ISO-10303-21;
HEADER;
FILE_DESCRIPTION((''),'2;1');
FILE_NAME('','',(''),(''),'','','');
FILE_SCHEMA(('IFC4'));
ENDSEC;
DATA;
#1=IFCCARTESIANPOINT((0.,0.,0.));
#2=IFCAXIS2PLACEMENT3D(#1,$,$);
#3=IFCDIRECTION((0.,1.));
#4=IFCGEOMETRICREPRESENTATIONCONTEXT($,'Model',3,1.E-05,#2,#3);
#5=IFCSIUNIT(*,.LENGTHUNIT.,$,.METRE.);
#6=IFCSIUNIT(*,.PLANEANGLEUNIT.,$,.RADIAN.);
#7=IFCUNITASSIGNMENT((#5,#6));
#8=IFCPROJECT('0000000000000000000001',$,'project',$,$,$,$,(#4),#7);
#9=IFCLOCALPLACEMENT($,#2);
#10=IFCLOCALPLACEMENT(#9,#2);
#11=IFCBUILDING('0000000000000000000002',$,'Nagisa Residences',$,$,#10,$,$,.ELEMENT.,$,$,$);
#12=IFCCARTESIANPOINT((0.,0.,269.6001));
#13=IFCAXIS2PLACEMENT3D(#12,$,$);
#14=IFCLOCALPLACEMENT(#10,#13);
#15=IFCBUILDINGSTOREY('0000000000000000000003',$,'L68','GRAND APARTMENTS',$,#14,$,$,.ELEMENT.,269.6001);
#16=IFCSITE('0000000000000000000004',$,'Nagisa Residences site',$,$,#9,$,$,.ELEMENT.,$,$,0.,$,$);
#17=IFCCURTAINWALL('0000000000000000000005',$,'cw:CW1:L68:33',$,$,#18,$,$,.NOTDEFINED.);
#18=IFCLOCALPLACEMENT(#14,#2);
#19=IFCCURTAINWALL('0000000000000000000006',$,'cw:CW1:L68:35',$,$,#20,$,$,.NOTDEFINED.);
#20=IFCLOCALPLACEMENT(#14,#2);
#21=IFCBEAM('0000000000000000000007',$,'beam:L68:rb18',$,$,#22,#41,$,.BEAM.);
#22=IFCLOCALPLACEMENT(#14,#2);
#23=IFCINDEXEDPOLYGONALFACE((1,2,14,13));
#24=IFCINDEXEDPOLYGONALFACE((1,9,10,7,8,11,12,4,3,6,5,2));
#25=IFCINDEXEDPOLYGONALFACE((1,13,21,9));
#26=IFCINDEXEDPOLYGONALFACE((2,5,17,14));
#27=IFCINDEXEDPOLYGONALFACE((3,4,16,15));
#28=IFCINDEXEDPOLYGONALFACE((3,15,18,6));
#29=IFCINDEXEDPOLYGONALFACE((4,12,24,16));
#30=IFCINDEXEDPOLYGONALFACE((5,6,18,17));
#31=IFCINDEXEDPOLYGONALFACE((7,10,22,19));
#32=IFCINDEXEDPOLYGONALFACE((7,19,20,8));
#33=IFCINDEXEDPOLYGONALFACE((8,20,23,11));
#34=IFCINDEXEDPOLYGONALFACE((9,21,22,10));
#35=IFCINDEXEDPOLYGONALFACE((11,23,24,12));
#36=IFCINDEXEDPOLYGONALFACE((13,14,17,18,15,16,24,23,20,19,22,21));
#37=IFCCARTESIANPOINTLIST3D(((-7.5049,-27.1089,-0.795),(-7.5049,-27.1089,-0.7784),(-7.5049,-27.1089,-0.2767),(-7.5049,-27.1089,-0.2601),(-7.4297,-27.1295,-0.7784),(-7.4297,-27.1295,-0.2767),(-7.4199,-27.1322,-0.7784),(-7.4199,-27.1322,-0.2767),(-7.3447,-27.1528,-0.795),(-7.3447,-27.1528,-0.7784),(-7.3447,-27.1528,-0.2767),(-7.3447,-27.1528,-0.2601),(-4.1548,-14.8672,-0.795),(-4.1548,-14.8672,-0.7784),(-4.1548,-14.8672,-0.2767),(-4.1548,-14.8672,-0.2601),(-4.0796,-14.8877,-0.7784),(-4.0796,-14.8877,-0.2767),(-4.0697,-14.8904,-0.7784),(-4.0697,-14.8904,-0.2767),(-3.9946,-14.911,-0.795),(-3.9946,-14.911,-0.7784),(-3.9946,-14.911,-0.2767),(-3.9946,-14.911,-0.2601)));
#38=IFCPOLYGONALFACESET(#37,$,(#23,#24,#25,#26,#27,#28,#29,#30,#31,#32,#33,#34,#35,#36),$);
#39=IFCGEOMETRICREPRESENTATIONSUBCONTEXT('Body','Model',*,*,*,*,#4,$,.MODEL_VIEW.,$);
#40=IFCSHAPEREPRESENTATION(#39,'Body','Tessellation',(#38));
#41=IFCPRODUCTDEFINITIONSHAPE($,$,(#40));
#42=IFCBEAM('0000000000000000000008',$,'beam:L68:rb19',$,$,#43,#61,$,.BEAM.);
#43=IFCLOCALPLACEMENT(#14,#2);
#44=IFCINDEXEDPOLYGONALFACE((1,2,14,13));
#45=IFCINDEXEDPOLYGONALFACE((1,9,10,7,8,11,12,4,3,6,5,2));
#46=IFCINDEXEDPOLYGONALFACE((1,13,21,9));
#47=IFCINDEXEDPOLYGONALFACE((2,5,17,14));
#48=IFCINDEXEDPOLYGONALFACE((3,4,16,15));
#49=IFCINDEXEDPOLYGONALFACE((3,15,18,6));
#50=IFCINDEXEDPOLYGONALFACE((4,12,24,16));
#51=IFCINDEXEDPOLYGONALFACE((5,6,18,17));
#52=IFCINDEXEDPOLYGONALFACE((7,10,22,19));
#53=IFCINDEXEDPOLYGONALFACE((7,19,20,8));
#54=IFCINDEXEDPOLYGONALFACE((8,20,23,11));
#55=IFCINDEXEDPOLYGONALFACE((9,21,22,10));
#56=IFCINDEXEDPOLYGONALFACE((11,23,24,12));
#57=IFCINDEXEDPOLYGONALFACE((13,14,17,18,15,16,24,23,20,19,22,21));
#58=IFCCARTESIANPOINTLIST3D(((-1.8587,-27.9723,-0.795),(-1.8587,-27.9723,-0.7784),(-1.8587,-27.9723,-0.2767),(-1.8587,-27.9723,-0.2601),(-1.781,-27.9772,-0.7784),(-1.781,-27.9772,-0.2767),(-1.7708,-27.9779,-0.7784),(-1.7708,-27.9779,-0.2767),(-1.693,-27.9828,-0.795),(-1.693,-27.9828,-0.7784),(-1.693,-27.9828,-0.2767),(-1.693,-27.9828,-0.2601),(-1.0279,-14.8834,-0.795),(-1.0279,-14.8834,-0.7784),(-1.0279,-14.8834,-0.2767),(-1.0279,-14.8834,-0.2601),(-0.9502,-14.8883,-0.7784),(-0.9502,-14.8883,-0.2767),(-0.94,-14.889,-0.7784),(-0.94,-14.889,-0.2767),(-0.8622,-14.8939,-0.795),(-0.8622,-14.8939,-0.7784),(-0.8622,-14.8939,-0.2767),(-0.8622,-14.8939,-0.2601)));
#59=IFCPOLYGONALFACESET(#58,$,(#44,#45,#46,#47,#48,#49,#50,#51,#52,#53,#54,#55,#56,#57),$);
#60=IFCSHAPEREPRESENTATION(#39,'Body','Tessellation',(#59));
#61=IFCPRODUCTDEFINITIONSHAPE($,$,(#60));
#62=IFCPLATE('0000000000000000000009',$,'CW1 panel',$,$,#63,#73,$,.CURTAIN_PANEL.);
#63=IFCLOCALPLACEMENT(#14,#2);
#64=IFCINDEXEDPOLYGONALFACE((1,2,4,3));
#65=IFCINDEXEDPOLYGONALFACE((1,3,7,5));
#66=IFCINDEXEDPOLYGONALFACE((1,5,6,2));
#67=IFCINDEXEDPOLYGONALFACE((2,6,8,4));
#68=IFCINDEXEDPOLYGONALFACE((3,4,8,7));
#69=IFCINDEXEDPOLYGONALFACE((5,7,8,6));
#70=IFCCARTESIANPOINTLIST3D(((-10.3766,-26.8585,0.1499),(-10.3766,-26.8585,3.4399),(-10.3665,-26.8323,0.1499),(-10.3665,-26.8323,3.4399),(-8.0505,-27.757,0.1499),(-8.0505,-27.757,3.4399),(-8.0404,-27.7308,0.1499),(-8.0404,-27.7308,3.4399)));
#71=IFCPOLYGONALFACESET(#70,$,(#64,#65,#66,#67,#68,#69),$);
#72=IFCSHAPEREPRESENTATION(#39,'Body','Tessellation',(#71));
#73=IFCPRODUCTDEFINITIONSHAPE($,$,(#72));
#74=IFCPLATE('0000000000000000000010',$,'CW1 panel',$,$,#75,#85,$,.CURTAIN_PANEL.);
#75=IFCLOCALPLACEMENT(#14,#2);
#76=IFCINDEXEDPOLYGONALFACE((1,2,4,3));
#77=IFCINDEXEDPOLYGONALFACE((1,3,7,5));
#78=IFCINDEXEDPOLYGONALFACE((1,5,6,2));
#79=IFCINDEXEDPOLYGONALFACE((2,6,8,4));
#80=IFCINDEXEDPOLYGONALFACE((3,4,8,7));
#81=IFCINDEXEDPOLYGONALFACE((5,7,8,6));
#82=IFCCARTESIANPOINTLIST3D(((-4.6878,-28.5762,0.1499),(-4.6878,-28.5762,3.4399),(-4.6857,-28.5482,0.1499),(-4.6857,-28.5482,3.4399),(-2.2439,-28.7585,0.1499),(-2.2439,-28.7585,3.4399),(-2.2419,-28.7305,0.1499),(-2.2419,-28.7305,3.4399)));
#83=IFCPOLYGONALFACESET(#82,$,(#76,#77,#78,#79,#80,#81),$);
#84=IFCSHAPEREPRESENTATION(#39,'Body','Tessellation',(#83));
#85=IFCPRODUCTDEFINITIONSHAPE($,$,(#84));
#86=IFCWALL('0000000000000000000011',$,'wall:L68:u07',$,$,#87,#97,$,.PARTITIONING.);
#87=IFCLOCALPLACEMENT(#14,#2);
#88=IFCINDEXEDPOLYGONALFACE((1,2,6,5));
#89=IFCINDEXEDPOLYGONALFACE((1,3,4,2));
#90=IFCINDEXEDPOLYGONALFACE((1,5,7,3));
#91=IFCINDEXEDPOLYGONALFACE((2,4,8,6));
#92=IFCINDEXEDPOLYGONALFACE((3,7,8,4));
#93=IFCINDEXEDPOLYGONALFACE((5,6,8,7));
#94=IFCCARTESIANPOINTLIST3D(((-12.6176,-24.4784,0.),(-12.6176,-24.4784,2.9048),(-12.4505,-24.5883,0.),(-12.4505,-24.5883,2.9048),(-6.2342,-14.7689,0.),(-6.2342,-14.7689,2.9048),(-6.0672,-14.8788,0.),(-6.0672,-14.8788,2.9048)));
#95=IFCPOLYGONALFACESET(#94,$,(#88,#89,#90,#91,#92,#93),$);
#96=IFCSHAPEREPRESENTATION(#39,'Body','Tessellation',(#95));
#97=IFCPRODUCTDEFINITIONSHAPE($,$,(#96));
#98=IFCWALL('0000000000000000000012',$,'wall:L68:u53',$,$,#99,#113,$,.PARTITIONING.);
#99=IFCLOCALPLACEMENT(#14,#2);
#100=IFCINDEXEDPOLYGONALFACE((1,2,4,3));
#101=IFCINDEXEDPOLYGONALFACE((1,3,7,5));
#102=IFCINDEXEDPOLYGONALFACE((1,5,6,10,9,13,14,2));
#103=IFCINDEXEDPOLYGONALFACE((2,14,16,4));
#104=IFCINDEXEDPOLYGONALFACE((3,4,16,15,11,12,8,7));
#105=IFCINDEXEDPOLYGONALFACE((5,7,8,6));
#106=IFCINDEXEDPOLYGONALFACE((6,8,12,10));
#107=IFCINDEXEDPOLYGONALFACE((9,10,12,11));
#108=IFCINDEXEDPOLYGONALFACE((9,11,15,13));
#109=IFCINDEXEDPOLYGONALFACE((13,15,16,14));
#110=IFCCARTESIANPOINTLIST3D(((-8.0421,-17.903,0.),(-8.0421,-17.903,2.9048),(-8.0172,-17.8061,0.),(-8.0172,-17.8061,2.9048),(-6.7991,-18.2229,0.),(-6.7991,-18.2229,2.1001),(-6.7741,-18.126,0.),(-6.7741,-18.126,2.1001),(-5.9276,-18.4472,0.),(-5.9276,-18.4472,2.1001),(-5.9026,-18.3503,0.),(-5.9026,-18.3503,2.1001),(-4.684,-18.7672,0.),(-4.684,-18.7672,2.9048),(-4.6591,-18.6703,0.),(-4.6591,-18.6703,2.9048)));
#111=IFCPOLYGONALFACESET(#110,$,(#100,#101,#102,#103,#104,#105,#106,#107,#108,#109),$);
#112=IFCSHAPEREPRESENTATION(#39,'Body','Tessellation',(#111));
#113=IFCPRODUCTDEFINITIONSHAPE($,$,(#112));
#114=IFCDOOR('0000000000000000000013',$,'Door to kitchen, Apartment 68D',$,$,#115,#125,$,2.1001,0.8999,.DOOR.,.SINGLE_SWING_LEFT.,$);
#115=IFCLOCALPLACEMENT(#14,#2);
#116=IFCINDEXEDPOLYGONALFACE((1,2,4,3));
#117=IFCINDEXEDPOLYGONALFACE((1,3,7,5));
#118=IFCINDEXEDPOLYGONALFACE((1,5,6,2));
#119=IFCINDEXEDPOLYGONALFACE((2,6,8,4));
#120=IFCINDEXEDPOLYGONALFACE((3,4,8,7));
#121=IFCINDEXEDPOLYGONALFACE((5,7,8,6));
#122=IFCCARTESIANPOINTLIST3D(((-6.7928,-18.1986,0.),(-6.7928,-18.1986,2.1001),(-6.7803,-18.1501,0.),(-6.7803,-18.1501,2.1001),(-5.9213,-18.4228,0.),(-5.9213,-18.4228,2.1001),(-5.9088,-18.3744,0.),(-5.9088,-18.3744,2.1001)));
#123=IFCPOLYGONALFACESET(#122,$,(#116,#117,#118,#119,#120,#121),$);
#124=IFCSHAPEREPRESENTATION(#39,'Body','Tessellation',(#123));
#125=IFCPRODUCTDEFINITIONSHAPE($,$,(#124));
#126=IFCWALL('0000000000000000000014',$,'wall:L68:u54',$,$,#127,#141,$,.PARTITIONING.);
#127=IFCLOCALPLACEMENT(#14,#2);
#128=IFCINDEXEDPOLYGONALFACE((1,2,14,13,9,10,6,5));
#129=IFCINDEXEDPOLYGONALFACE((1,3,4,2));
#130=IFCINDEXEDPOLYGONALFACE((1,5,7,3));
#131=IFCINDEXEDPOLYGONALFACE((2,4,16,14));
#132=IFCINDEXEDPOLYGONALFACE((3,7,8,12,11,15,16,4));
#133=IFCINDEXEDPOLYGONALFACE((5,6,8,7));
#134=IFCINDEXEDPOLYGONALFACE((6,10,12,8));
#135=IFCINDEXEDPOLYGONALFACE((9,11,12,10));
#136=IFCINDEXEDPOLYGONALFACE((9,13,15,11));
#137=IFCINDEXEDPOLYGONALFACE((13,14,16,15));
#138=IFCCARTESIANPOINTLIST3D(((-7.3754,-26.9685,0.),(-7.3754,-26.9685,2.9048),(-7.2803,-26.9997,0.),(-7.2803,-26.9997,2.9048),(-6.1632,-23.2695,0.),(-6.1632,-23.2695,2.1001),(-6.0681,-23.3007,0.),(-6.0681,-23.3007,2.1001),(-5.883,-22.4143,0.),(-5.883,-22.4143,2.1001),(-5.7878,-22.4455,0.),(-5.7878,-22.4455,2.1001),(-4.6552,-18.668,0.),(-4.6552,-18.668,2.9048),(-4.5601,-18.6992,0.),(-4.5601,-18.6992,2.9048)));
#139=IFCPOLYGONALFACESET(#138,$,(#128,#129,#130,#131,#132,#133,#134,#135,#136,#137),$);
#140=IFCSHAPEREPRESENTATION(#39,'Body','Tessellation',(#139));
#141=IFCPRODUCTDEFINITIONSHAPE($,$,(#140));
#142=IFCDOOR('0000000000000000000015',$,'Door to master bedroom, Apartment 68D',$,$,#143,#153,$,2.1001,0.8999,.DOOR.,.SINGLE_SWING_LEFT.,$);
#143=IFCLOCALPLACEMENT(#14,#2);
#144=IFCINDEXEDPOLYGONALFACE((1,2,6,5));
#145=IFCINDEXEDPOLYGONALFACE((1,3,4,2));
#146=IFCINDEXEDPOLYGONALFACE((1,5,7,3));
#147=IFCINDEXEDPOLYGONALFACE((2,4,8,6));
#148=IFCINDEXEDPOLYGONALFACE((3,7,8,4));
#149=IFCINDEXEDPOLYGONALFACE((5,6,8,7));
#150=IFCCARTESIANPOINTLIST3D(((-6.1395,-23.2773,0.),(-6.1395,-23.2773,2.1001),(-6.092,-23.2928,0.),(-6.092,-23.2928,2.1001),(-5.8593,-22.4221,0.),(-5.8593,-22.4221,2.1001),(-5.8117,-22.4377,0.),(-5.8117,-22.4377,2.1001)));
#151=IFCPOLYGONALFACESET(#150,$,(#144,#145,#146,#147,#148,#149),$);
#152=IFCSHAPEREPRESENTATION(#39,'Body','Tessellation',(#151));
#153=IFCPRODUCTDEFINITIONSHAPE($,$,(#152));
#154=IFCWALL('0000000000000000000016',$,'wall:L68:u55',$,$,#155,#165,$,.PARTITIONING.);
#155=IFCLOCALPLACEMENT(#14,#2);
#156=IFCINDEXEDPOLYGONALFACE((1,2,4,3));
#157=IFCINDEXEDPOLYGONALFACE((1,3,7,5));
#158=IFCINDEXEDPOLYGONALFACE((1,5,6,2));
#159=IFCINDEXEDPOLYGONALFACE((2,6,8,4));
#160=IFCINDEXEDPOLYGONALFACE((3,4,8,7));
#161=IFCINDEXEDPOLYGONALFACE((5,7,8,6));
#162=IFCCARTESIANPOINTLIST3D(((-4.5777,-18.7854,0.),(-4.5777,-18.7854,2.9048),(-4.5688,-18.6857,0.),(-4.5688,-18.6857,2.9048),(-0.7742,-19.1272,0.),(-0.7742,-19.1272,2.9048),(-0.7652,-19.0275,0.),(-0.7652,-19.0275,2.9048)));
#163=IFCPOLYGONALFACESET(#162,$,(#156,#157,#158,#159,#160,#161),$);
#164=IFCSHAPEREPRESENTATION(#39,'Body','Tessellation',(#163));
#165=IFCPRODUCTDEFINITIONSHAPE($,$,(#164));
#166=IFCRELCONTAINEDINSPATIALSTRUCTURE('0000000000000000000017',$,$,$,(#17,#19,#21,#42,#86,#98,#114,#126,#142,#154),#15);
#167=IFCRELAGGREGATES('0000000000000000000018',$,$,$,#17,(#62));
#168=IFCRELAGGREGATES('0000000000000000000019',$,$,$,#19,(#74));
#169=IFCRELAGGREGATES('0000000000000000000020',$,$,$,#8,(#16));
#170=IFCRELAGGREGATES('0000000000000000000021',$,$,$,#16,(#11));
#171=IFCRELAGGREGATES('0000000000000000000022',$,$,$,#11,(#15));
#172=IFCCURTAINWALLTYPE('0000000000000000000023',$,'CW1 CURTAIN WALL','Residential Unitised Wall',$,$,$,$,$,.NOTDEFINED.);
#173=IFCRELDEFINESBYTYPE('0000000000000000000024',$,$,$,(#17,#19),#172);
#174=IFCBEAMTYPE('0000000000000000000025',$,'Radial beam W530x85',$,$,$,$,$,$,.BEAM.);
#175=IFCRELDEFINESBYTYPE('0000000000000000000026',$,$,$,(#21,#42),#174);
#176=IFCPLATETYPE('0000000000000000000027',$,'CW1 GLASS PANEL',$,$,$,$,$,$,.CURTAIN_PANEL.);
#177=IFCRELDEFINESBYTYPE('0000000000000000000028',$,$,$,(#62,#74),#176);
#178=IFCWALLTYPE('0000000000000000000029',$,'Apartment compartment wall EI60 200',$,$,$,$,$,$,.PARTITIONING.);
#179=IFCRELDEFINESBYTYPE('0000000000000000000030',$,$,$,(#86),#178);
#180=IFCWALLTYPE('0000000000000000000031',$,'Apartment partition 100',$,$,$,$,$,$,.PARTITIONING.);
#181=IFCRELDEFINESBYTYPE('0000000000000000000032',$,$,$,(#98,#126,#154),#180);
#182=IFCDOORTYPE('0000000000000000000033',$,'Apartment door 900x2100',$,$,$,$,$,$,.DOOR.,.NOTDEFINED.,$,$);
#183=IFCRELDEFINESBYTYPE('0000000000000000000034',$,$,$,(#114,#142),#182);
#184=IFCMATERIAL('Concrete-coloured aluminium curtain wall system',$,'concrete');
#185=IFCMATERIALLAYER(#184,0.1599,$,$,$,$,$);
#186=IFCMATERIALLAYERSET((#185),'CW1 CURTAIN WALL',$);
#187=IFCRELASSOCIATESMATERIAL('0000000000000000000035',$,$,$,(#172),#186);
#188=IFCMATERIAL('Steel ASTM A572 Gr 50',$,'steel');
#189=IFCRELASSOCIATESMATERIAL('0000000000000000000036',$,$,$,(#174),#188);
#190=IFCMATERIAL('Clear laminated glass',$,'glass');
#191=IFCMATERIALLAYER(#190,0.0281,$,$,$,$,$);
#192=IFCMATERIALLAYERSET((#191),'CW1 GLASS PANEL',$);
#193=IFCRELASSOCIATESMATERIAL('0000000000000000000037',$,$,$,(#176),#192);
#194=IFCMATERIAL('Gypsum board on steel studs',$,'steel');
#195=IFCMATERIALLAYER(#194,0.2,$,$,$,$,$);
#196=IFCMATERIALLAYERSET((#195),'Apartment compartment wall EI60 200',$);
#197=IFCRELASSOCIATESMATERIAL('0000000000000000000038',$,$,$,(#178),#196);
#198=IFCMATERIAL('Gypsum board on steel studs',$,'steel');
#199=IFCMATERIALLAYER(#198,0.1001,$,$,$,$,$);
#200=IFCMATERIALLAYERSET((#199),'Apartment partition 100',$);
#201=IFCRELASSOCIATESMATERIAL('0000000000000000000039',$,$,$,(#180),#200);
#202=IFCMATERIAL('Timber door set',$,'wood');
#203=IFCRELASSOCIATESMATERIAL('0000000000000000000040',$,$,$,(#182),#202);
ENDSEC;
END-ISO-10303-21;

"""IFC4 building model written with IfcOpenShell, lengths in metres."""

from ifc_helpers import new_model, si_unit, direction, frame, frame_2d, origin, origin_2d, place, context, subcontext, project, spatial, rectangle, i_section, extrude, material, layer, layer_set, material_profile, profile_set, type_object, element, fill, aggregate, save


model = new_model("IFC4")

# Units and contexts
model_context = context("Model", 3, precision=1e-05, world=origin(), true_north=direction((0.0, 1.0)))
body_context = subcontext(model_context, "Body", "Model", "MODEL_VIEW")
ifc_project = project(units=[si_unit("LENGTHUNIT", "METRE"), si_unit("PLANEANGLEUNIT", "RADIAN")], contexts=[model_context])

# Site, building, storey
site_placement = place(None, origin())
site = spatial("IfcSite", under=ifc_project, at=site_placement, Name="Nagisa Residences site", CompositionType="ELEMENT", RefElevation=0.0)
building_placement = place(site_placement, origin())
building = spatial("IfcBuilding", under=site, at=building_placement, Name="Nagisa Residences", CompositionType="ELEMENT")
storey_placement = place(building_placement, frame((0.0, 0.0, 269.6001)))
storey = spatial("IfcBuildingStorey", under=building, at=storey_placement, Name="L68", Description="GRAND APARTMENTS", CompositionType="ELEMENT", Elevation=269.6001)

# Curtain walls
ifc_material_1 = material(Name="Concrete-coloured aluminium curtain wall system", Category="concrete")
ifc_layer_1 = layer(ifc_material_1, 0.1599)
ifc_layer_set_1 = layer_set([ifc_layer_1], Name="CW1 CURTAIN WALL")
curtain_wall_type = type_object("IfcCurtainWallType", Name="CW1 CURTAIN WALL", Description="Residential Unitised Wall", PredefinedType="NOTDEFINED", material=ifc_layer_set_1)
curtain_wall_1_placement = place(storey_placement, origin())
curtain_wall_1 = element("IfcCurtainWall", 1, at=curtain_wall_1_placement, inside=storey, type_object=curtain_wall_type, Name="cw:CW1:L68:33", PredefinedType="NOTDEFINED")
curtain_wall_2_placement = place(storey_placement, origin())
curtain_wall_2 = element("IfcCurtainWall", 2, at=curtain_wall_2_placement, inside=storey, type_object=curtain_wall_type, Name="cw:CW1:L68:35", PredefinedType="NOTDEFINED")

# Beams
ifc_material_2 = material(Name="Steel ASTM A572 Gr 50", Category="steel")
ifc_material_profile_1 = material_profile(ifc_material_2, i_section(OverallWidth=0.166, OverallDepth=0.5349, WebThickness=0.0103, FlangeThickness=0.0166, at=origin_2d()), Name="W530x85")
ifc_profile_set_1 = profile_set([ifc_material_profile_1], Name="Steel ASTM A572 Gr 50")
beam_type_1 = type_object("IfcBeamType", Name="Radial beam W530x85", PredefinedType="BEAM", material=ifc_profile_set_1)
beam_1_placement = place(storey_placement, frame((-7.4248, -27.1309, -0.5276), z_axis=(0.263957, 0.964534, 0.0), x_axis=(-0.964534, 0.263957, 0.0)))
element("IfcBeam", 3, at=beam_1_placement, inside=storey, type_object=beam_type_1, Name="beam:L68:rb18", PredefinedType="BEAM", context=body_context, shape_type="SweptSolid", body=[
    extrude(i_section(OverallWidth=0.166, OverallDepth=0.5349, WebThickness=0.0103, FlangeThickness=0.0166, at=origin_2d()), origin(), (0.0, 0.0, 1.0), 12.6919),
])
beam_2_placement = place(storey_placement, frame((-1.7759, -27.9775, -0.5276), z_axis=(0.063347, 0.997992, 0.0), x_axis=(-0.997992, 0.063347, 0.0)))
element("IfcBeam", 4, at=beam_2_placement, inside=storey, type_object=beam_type_1, Name="beam:L68:rb19", PredefinedType="BEAM", context=body_context, shape_type="SweptSolid", body=[
    extrude(i_section(OverallWidth=0.166, OverallDepth=0.5349, WebThickness=0.0103, FlangeThickness=0.0166, at=origin_2d()), origin(), (0.0, 0.0, 1.0), 13.1152),
])

# Plates
ifc_material_3 = material(Name="Clear laminated glass", Category="glass")
ifc_layer_2 = layer(ifc_material_3, 0.0281)
ifc_layer_set_2 = layer_set([ifc_layer_2], Name="CW1 GLASS PANEL")
plate_type = type_object("IfcPlateType", Name="CW1 GLASS PANEL", PredefinedType="CURTAIN_PANEL", material=ifc_layer_set_2)
plate_1_placement = place(storey_placement, frame((-9.2085, -27.2947, 0.1499), z_axis=(0.0, 0.0, 1.0), x_axis=(0.932826, -0.360328, 0.0)))
plate_1 = element("IfcPlate", 5, at=plate_1_placement, type_object=plate_type, Name="CW1 panel", PredefinedType="CURTAIN_PANEL", context=body_context, shape_type="SweptSolid", body=[
    extrude(rectangle(XDim=2.4937, YDim=0.0281, at=origin_2d()), origin(), (0.0, 0.0, 1.0), 3.29),
])
aggregate(curtain_wall_1, [plate_1])
plate_2_placement = place(storey_placement, frame((-3.4648, -28.6533, 0.1499), z_axis=(0.0, 0.0, 1.0), x_axis=(0.99723, -0.074377, 0.0)))
plate_2 = element("IfcPlate", 6, at=plate_2_placement, type_object=plate_type, Name="CW1 panel", PredefinedType="CURTAIN_PANEL", context=body_context, shape_type="SweptSolid", body=[
    extrude(rectangle(XDim=2.4507, YDim=0.0281, at=origin_2d()), origin(), (0.0, 0.0, 1.0), 3.29),
])
aggregate(curtain_wall_2, [plate_2])

# Wall
ifc_material_4 = material(Name="Gypsum board on steel studs", Category="steel")
ifc_layer_3 = layer(ifc_material_4, 0.2)
ifc_layer_set_3 = layer_set([ifc_layer_3], Name="Apartment compartment wall EI60 200")
wall_type_1 = type_object("IfcWallType", Name="Apartment compartment wall EI60 200", PredefinedType="PARTITIONING", material=ifc_layer_set_3)
wall_1_placement = place(storey_placement, frame((-6.1506, -14.8237, 0.0), z_axis=(0.0, 0.0, 1.0), x_axis=(-0.549346, -0.835595, 0.0)))
element("IfcWall", 7, at=wall_1_placement, inside=storey, type_object=wall_type_1, Name="wall:L68:u07", PredefinedType="PARTITIONING", context=body_context, shape_type="SweptSolid", body=[
    extrude(rectangle(XDim=11.6199, YDim=0.2, at=frame_2d((5.8101, 0.0))), origin(), (0.0, 0.0, 1.0), 2.9048),
])

# Walls, openings, doors
ifc_material_5 = material(Name="Gypsum board on steel studs", Category="steel")
ifc_layer_4 = layer(ifc_material_5, 0.1001)
ifc_layer_set_4 = layer_set([ifc_layer_4], Name="Apartment partition 100")
wall_type_2 = type_object("IfcWallType", Name="Apartment partition 100", PredefinedType="PARTITIONING", material=ifc_layer_set_4)
wall_2_placement = place(storey_placement, frame((-8.0298, -17.8545, 0.0), z_axis=(0.0, 0.0, 1.0), x_axis=(0.968442, -0.249239, 0.0)))
wall_2 = element("IfcWall", 8, at=wall_2_placement, inside=storey, type_object=wall_type_2, Name="wall:L68:u53", PredefinedType="PARTITIONING", context=body_context, shape_type="SweptSolid", body=[
    extrude(rectangle(XDim=3.4675, YDim=0.1001, at=frame_2d((1.7339, 0.0))), origin(), (0.0, 0.0, 1.0), 2.9048),
])
opening_1_placement = place(wall_2_placement, frame((1.2837, 0.0, 0.0)))
opening_1 = element("IfcOpeningElement", 9, at=opening_1_placement, cuts=wall_2, PredefinedType="OPENING", context=body_context, shape_type="SweptSolid", body=[
    extrude(rectangle(XDim=0.8999, YDim=2.1001, at=frame_2d((0.45, 1.05))), frame((0.0, 0.0601, 0.0), z_axis=(0.0, -1.0, 0.0), x_axis=(1.0, 0.0, 0.0)), (0.0, 0.0, 1.0), 0.1201),
])
ifc_material_6 = material(Name="Timber door set", Category="wood")
door_type_1 = type_object("IfcDoorType", Name="Apartment door 900x2100", OperationType="NOTDEFINED", PredefinedType="DOOR", material=ifc_material_6)
door_1_placement = place(opening_1_placement, frame((0.8999, 0.0, 0.0), x_axis=(-1.0, 0.0, 0.0)))
door_1 = element("IfcDoor", 10, at=door_1_placement, inside=storey, type_object=door_type_1, Name="Door to kitchen, Apartment 68D", OperationType="SINGLE_SWING_LEFT", OverallHeight=2.1001, OverallWidth=0.8999, PredefinedType="DOOR", context=body_context, shape_type="SweptSolid", body=[
    extrude(rectangle(XDim=0.8999, YDim=2.1001, at=frame_2d((0.45, 1.05))), frame((0.0, 0.0249, 0.0), z_axis=(0.0, -1.0, 0.0), x_axis=(1.0, 0.0, 0.0)), (0.0, 0.0, 1.0), 0.05),
])
fill(opening_1, door_1)
wall_3_placement = place(storey_placement, frame((-4.6077, -18.6836, 0.0), z_axis=(0.0, 0.0, 1.0), x_axis=(-0.311419, -0.950273, 0.0)))
wall_3 = element("IfcWall", 11, at=wall_3_placement, inside=storey, type_object=wall_type_2, Name="wall:L68:u54", PredefinedType="PARTITIONING", context=body_context, shape_type="SweptSolid", body=[
    extrude(rectangle(XDim=8.7349, YDim=0.1001, at=frame_2d((4.3674, 0.0))), origin(), (0.0, 0.0, 1.0), 2.9048),
])
opening_2_placement = place(wall_3_placement, frame((3.9424, 0.0, 0.0)))
opening_2 = element("IfcOpeningElement", 12, at=opening_2_placement, cuts=wall_3, PredefinedType="OPENING", context=body_context, shape_type="SweptSolid", body=[
    extrude(rectangle(XDim=0.8999, YDim=2.1001, at=frame_2d((0.45, 1.05))), frame((0.0, 0.0601, 0.0), z_axis=(0.0, -1.0, 0.0), x_axis=(1.0, 0.0, 0.0)), (0.0, 0.0, 1.0), 0.1201),
])
door_2_placement = place(opening_2_placement, origin())
door_2 = element("IfcDoor", 13, at=door_2_placement, inside=storey, type_object=door_type_1, Name="Door to master bedroom, Apartment 68D", OperationType="SINGLE_SWING_LEFT", OverallHeight=2.1001, OverallWidth=0.8999, PredefinedType="DOOR", context=body_context, shape_type="SweptSolid", body=[
    extrude(rectangle(XDim=0.8999, YDim=2.1001, at=frame_2d((0.45, 1.05))), frame((0.0, 0.0249, 0.0), z_axis=(0.0, -1.0, 0.0), x_axis=(1.0, 0.0, 0.0)), (0.0, 0.0, 1.0), 0.05),
])
fill(opening_2, door_2)

# Wall
wall_4_placement = place(storey_placement, frame((-4.5732, -18.7356, 0.0), z_axis=(0.0, 0.0, 1.0), x_axis=(0.995986, -0.089504, 0.0)))
element("IfcWall", 14, at=wall_4_placement, inside=storey, type_object=wall_type_2, Name="wall:L68:u55", PredefinedType="PARTITIONING", context=body_context, shape_type="SweptSolid", body=[
    extrude(rectangle(XDim=3.8188, YDim=0.1001, at=frame_2d((1.9094, 0.0))), origin(), (0.0, 0.0, 1.0), 2.9048),
])

save(model, "model.ifc")
